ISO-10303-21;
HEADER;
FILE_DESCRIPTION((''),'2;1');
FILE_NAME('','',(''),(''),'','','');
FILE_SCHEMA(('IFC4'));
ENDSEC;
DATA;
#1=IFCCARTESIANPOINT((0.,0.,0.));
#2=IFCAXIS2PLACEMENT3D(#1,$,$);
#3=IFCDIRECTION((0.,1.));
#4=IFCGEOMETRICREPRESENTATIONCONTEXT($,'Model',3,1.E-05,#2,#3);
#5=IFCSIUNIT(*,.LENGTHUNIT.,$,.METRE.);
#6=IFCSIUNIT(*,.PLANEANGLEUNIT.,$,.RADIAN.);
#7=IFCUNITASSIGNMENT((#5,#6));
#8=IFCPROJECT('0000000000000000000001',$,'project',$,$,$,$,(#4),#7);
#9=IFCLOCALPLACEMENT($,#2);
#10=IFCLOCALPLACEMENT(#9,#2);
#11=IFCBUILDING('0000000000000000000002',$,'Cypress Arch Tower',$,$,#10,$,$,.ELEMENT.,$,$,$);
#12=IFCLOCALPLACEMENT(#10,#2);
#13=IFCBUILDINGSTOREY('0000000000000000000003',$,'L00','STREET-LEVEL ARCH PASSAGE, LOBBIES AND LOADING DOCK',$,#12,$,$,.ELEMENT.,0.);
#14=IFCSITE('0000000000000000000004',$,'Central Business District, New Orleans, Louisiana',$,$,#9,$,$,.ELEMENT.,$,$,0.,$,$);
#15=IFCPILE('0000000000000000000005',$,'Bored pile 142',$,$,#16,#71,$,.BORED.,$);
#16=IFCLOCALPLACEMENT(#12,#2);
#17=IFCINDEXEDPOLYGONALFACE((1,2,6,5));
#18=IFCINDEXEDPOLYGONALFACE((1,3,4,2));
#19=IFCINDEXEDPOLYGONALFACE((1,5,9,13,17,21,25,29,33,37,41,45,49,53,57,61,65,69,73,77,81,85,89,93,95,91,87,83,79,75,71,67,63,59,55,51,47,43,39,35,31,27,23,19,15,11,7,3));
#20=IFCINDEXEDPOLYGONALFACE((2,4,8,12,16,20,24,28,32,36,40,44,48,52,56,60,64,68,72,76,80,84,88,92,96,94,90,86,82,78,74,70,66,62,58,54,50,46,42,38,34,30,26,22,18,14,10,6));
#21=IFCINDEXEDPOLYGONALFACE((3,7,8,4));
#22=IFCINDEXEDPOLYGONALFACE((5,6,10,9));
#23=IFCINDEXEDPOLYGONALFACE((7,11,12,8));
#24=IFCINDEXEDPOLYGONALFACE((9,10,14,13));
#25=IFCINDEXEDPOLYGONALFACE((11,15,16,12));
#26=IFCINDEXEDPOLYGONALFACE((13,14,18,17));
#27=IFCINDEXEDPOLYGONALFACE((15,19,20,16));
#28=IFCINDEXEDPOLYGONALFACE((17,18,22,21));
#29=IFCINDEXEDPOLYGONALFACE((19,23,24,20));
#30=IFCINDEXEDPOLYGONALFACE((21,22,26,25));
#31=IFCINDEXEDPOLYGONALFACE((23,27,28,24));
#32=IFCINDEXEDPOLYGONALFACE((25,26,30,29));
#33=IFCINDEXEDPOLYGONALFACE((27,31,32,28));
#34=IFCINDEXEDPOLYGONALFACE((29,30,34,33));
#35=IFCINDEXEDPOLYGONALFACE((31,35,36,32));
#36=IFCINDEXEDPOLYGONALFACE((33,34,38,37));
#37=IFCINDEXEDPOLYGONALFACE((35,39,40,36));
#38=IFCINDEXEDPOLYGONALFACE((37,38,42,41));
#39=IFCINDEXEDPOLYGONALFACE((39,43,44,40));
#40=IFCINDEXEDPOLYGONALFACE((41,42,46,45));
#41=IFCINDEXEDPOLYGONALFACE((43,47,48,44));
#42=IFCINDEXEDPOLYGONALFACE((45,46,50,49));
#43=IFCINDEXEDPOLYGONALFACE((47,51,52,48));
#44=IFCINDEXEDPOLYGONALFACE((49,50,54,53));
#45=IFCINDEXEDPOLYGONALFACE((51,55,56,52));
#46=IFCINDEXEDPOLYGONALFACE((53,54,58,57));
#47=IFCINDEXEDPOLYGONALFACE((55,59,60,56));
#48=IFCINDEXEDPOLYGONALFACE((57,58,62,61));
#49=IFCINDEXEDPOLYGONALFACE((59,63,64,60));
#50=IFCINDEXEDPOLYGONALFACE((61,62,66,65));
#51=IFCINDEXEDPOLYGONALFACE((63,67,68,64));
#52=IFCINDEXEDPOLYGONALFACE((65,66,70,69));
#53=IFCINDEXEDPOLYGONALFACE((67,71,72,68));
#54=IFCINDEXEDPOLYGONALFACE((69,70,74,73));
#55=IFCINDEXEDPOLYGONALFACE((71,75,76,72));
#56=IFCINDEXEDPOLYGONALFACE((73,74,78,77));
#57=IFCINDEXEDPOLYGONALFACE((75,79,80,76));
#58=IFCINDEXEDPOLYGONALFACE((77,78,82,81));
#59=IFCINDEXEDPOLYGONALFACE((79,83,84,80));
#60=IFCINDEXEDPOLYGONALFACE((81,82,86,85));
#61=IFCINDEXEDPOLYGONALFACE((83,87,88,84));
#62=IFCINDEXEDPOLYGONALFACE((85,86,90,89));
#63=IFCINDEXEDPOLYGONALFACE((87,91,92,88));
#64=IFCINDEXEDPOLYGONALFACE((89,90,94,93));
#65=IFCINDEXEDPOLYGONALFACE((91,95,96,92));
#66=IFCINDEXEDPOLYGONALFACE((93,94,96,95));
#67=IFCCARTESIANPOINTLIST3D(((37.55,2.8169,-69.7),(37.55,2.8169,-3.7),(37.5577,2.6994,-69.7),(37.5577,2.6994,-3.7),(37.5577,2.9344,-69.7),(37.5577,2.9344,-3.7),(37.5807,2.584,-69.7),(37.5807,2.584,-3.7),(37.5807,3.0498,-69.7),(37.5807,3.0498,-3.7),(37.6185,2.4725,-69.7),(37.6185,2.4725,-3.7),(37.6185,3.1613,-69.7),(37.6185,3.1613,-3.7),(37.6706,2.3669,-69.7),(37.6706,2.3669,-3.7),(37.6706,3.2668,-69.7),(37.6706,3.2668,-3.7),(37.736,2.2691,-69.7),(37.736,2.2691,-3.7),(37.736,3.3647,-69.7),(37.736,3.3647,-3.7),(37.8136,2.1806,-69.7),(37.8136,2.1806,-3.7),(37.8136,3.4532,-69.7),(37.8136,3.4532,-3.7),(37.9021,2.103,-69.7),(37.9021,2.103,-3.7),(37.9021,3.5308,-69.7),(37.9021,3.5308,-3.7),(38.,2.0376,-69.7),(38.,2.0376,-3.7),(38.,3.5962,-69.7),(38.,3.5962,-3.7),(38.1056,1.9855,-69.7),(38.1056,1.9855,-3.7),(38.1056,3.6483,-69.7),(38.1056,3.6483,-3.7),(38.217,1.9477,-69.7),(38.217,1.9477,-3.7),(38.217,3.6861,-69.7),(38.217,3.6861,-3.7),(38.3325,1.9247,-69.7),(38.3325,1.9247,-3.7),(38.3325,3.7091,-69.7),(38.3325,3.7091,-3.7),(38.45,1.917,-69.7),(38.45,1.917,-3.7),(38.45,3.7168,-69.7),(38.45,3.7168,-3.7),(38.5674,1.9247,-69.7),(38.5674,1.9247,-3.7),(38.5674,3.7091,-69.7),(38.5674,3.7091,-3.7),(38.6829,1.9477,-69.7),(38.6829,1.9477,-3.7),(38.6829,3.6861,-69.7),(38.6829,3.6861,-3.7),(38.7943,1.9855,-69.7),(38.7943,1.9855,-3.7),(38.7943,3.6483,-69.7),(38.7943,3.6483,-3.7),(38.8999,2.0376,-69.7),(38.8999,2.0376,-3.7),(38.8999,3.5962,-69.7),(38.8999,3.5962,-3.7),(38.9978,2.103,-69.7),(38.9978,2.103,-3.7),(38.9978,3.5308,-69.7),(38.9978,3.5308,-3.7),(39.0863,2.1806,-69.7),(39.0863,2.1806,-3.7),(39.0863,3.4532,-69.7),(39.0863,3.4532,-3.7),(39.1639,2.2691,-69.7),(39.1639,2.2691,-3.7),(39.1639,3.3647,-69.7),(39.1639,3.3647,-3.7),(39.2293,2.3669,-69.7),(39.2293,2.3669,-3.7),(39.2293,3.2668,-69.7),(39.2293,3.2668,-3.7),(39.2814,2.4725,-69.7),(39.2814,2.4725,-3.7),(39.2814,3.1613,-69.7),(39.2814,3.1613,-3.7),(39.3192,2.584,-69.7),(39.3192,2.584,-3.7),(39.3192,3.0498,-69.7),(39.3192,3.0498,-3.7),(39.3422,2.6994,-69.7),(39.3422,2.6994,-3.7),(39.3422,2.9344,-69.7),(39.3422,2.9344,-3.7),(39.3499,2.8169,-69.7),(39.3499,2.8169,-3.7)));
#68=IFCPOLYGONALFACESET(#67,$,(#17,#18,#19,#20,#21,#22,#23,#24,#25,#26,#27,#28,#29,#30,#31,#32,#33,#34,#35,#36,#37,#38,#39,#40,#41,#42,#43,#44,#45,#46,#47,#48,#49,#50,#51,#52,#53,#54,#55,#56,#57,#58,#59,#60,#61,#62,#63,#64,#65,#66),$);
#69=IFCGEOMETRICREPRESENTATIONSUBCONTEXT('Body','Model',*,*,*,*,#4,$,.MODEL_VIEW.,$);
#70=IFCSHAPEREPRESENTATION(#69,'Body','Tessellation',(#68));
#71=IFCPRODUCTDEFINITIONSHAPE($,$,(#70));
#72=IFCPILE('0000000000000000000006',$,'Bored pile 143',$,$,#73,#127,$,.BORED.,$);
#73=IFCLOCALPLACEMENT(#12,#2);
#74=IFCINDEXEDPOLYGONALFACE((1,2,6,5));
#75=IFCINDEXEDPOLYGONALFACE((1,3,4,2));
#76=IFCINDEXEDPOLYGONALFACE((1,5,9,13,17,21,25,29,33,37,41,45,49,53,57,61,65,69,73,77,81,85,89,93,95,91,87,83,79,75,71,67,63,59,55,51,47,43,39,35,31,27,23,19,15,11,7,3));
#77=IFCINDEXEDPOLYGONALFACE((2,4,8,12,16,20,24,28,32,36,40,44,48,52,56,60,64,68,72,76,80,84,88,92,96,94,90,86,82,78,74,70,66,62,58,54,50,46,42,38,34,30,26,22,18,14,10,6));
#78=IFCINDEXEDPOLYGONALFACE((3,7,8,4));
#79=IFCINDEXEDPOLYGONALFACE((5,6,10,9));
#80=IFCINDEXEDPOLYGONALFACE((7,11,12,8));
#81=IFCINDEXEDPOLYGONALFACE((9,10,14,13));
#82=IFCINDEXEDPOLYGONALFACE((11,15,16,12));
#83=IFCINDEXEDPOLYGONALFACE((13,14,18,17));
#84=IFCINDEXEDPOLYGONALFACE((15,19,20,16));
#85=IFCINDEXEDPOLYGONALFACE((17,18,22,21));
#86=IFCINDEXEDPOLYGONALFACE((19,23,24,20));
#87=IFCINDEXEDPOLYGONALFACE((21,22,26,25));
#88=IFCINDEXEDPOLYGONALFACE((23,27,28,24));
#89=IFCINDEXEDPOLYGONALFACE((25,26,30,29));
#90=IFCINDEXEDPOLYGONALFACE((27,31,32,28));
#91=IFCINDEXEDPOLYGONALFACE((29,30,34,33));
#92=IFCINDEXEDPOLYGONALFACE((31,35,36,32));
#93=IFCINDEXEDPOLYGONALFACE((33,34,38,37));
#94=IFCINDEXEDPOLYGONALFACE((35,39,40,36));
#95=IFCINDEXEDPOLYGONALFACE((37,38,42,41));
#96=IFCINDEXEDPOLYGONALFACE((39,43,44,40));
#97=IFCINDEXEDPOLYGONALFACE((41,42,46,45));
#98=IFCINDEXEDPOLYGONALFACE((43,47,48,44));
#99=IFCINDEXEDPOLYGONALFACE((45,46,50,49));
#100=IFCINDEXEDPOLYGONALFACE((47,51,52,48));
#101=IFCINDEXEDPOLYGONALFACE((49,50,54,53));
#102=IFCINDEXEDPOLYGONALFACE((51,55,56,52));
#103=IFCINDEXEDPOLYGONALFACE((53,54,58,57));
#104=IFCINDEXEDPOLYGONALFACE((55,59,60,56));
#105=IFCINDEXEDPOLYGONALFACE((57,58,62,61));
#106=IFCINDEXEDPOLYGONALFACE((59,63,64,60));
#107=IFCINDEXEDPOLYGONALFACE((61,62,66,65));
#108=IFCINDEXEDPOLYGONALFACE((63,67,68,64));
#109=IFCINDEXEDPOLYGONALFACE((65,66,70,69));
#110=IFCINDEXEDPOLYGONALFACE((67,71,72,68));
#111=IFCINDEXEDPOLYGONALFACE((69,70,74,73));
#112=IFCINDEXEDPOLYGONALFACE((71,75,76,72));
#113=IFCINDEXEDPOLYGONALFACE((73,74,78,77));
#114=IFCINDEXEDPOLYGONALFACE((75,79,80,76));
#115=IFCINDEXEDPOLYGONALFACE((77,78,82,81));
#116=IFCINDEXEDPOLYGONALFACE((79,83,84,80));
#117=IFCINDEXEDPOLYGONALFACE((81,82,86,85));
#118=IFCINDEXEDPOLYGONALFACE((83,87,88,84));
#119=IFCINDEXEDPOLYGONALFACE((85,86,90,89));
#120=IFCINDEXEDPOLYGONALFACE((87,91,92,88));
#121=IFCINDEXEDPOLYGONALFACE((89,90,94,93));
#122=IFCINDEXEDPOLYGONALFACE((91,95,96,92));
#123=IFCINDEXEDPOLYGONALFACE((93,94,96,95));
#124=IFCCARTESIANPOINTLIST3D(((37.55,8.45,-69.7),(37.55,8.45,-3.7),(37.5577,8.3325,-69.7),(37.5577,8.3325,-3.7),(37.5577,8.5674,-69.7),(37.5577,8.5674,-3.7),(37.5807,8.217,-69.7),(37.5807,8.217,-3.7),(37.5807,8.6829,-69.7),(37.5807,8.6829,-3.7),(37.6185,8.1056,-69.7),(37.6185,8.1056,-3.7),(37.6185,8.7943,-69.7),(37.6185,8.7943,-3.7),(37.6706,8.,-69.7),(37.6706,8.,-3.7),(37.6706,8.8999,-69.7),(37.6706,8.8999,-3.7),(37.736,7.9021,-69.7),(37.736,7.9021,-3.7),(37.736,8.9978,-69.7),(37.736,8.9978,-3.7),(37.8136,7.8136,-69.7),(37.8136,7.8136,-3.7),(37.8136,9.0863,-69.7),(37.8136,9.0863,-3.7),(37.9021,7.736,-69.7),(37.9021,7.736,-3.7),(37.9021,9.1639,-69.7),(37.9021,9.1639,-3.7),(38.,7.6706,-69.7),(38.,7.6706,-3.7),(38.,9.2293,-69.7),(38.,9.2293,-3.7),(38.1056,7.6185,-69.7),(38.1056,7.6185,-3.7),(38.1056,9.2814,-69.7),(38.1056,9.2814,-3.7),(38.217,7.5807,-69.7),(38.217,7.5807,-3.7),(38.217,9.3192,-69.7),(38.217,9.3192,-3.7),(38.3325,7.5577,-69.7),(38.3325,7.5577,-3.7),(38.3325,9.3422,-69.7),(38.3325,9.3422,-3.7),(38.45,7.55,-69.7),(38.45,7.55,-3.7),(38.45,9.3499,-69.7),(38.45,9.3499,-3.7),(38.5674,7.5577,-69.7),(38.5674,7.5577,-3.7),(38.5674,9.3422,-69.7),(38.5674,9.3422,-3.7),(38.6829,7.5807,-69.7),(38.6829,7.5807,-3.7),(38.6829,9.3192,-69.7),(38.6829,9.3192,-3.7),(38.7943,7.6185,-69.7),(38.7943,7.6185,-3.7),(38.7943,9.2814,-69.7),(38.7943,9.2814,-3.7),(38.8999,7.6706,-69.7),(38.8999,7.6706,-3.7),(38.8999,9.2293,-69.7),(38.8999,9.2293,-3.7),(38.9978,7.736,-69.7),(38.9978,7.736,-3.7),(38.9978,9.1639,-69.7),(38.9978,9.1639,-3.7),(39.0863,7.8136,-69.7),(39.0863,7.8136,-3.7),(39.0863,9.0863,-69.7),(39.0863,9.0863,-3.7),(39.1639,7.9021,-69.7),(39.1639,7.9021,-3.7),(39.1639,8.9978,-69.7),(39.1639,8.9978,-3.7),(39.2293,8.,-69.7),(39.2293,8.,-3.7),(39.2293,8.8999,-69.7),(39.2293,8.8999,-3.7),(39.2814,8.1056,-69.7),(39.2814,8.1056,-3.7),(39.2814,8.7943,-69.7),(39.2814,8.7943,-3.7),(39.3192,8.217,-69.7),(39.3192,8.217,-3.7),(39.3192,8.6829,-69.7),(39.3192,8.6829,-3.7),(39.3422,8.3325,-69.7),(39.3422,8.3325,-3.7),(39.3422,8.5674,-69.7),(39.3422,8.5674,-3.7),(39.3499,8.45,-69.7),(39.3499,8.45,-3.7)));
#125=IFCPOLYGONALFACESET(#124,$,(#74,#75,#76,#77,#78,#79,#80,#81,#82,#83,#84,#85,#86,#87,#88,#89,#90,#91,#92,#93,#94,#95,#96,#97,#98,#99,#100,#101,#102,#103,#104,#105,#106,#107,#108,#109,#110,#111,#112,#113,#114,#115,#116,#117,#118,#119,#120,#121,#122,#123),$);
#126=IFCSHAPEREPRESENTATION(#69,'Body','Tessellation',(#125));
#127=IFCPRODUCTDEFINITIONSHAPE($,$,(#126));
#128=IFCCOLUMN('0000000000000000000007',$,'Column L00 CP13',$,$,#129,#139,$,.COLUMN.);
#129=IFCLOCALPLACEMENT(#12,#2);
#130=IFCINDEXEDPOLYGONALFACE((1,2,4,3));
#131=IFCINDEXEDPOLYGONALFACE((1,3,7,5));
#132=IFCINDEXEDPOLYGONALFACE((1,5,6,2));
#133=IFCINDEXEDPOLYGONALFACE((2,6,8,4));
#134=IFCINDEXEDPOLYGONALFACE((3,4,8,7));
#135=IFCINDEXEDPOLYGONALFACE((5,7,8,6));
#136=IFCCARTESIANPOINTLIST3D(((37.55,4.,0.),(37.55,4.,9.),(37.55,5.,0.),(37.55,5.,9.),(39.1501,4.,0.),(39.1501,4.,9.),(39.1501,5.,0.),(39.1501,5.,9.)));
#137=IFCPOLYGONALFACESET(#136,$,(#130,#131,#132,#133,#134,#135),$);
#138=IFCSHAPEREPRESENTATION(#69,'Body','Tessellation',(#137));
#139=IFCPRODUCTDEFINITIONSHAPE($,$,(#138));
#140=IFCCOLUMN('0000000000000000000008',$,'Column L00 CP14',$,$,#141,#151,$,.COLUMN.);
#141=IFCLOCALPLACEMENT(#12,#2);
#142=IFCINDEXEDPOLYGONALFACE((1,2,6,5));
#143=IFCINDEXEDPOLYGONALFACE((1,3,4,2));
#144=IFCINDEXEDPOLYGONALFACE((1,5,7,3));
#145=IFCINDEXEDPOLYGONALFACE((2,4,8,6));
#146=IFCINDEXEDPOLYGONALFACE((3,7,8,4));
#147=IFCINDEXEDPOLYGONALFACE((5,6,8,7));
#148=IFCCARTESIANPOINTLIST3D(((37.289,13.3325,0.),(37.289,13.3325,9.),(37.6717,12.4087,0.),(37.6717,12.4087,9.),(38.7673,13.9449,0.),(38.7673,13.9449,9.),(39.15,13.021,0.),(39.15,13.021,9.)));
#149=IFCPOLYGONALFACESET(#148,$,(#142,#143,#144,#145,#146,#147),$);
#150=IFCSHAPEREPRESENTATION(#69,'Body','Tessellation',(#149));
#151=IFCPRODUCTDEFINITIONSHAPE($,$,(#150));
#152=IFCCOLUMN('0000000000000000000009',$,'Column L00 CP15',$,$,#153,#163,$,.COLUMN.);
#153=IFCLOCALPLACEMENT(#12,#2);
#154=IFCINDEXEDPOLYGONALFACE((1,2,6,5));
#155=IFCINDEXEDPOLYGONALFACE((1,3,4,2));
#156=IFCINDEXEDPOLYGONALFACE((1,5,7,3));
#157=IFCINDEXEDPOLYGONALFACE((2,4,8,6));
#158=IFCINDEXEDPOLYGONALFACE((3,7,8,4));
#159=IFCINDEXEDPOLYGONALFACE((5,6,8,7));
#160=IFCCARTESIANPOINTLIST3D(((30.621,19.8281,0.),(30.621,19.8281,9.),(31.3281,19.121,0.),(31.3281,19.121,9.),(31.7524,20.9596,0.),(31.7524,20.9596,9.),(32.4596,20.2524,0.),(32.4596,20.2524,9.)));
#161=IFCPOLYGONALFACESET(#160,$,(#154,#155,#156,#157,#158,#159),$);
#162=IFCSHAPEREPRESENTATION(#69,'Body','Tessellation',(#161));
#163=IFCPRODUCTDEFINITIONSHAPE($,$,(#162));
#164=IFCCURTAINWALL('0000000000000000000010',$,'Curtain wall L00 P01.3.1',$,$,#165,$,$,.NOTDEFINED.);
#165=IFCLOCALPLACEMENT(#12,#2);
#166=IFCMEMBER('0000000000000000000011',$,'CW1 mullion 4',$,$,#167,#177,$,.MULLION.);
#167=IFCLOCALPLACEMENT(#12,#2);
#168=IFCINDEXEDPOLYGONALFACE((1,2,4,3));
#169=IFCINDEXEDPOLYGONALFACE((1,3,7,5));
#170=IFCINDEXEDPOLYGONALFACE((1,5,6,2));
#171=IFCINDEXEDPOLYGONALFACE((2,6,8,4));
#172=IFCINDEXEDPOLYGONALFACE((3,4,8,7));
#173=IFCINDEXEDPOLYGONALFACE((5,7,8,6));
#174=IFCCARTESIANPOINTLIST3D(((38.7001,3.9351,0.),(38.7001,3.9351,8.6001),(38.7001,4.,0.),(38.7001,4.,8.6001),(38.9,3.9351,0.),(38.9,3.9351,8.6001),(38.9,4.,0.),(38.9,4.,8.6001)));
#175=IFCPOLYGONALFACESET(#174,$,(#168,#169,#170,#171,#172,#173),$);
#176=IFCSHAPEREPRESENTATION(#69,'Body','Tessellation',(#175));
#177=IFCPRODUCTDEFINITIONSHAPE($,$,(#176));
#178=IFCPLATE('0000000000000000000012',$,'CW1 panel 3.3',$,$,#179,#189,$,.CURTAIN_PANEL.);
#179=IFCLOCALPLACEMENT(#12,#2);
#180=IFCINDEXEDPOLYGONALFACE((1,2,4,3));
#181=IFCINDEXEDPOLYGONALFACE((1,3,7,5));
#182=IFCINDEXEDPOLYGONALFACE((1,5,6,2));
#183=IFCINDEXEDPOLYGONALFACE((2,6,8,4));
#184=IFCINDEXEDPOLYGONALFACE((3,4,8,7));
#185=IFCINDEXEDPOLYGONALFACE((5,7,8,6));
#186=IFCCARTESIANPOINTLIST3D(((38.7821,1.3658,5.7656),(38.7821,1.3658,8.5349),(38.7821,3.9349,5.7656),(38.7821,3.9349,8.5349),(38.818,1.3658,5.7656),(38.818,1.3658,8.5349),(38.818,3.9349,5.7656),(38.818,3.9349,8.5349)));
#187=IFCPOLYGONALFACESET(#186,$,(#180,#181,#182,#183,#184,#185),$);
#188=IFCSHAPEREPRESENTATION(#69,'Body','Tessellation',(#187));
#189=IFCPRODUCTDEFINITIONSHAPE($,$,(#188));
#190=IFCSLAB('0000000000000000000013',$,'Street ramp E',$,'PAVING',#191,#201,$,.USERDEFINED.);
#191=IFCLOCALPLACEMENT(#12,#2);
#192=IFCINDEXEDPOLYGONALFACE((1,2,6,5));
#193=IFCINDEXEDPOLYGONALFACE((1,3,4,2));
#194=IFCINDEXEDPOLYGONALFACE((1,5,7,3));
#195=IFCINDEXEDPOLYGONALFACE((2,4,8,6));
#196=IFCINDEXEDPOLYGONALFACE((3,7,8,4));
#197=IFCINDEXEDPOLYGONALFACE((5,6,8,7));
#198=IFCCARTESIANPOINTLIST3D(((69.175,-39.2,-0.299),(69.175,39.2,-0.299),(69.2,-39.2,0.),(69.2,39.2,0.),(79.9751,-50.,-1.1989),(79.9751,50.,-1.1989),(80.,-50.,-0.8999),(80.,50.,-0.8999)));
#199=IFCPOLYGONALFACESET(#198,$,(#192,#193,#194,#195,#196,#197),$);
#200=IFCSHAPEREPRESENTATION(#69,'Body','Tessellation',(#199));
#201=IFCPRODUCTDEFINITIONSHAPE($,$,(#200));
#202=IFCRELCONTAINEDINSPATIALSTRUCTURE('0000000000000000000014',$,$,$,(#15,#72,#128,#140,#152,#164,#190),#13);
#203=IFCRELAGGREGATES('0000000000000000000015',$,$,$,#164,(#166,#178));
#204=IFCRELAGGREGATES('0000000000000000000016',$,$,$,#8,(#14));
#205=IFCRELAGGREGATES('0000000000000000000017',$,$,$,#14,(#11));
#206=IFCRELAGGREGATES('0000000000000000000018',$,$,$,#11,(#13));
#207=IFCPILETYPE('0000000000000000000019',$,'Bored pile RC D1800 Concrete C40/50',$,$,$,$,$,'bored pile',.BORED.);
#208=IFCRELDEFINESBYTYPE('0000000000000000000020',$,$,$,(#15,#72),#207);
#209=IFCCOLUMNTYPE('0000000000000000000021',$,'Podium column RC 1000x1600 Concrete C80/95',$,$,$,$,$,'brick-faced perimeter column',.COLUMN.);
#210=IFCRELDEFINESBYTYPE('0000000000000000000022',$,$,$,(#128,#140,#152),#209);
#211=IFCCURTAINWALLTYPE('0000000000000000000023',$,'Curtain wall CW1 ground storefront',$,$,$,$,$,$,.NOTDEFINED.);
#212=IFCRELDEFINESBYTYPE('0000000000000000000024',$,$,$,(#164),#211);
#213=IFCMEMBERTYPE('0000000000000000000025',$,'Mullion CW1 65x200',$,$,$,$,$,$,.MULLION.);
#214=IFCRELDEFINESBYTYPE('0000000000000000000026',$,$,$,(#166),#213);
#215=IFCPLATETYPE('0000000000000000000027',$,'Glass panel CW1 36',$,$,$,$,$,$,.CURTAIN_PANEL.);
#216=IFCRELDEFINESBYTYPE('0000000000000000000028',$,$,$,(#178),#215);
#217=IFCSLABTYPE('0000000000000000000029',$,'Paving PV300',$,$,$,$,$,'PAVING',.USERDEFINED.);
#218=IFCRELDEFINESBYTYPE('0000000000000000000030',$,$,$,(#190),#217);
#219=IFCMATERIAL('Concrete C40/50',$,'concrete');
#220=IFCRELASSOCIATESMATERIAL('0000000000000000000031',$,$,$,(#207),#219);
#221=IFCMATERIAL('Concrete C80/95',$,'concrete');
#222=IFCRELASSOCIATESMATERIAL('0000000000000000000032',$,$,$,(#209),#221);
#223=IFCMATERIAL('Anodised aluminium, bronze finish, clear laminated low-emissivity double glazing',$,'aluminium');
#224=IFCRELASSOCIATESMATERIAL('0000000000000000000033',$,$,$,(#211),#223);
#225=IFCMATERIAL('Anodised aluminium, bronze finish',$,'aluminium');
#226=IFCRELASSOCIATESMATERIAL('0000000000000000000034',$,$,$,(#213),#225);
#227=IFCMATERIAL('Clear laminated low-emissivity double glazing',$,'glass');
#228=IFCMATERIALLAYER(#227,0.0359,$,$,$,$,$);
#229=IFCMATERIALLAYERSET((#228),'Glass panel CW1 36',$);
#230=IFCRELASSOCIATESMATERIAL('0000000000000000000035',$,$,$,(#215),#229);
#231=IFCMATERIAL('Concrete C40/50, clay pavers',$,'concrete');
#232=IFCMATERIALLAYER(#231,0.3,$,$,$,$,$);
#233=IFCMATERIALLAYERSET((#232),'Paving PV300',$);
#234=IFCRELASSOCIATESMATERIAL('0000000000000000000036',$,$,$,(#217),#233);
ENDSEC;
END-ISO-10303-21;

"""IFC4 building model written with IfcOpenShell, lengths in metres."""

from ifc_helpers import new_model, si_unit, direction, frame, origin, origin_2d, place, context, subcontext, project, spatial, polyline, rectangle, circle, outline, extrude, material, layer, layer_set, material_profile, profile_set, type_object, element, aggregate, save


model = new_model("IFC4")

# Units and contexts
model_context = context("Model", 3, precision=1e-05, world=origin(), true_north=direction((0.0, 1.0)))
body_context = subcontext(model_context, "Body", "Model", "MODEL_VIEW")
ifc_project = project(units=[si_unit("LENGTHUNIT", "METRE"), si_unit("PLANEANGLEUNIT", "RADIAN")], contexts=[model_context])

# Site, building, storey
site_placement = place(None, origin())
site = spatial("IfcSite", under=ifc_project, at=site_placement, Name="Central Business District, New Orleans, Louisiana", CompositionType="ELEMENT", RefElevation=0.0)
building_placement = place(site_placement, origin())
building = spatial("IfcBuilding", under=site, at=building_placement, Name="Cypress Arch Tower", CompositionType="ELEMENT")
storey_placement = place(building_placement, origin())
storey = spatial("IfcBuildingStorey", under=building, at=storey_placement, Name="L00", Description="STREET-LEVEL ARCH PASSAGE, LOBBIES AND LOADING DOCK", CompositionType="ELEMENT", Elevation=0.0)

# Piles
ifc_material_1 = material(Name="Concrete C40/50", Category="concrete")
ifc_material_profile_1 = material_profile(ifc_material_1, circle(Radius=0.8999, at=origin_2d()), Name="RC D1800")
ifc_profile_set_1 = profile_set([ifc_material_profile_1], Name="Concrete C40/50")
pile_type = type_object("IfcPileType", Name="Bored pile RC D1800 Concrete C40/50", ElementType="bored pile", PredefinedType="BORED", material=ifc_profile_set_1)
for number, where, z_axis, x_axis, name in (
    (1, (38.45, 2.8169, -3.7), (0.0, 0.0, -1.0), (1.0, 0.0, 0.0), "Bored pile 142"),
    (2, (38.45, 8.45, -3.7), (0.0, 0.0, -1.0), (1.0, 0.0, 0.0), "Bored pile 143"),
):
    element("IfcPile", number, at=place(storey_placement, frame(where, z_axis=z_axis, x_axis=x_axis)), inside=storey, type_object=pile_type, Name=name, PredefinedType="BORED", context=body_context, shape_type="SweptSolid", body=[
        extrude(circle(Radius=0.8999, at=origin_2d()), origin(), (0.0, 0.0, 1.0), 66.0),
    ])

# Columns
ifc_material_2 = material(Name="Concrete C80/95", Category="concrete")
ifc_material_profile_2 = material_profile(ifc_material_2, rectangle(XDim=1.0, YDim=1.6001, at=origin_2d()), Name="RC 1000x1600")
ifc_profile_set_2 = profile_set([ifc_material_profile_2], Name="Concrete C80/95")
column_type = type_object("IfcColumnType", Name="Podium column RC 1000x1600 Concrete C80/95", ElementType="brick-faced perimeter column", PredefinedType="COLUMN", material=ifc_profile_set_2)
for number, where, z_axis, x_axis, name in (
    (3, (38.3501, 4.5, 0.0), (0.0, 0.0, 1.0), (0.0, 1.0, 0.0), "Column L00 CP13"),
    (4, (38.2195, 13.1768, 0.0), (0.0, 0.0, 1.0), (-0.382683, 0.92388, 0.0), "Column L00 CP14"),
    (5, (31.5403, 20.0403, 0.0), (0.0, 0.0, 1.0), (-0.707107, 0.707107, 0.0), "Column L00 CP15"),
):
    element("IfcColumn", number, at=place(storey_placement, frame(where, z_axis=z_axis, x_axis=x_axis)), inside=storey, type_object=column_type, Name=name, PredefinedType="COLUMN", context=body_context, shape_type="SweptSolid", body=[
        extrude(rectangle(XDim=1.0, YDim=1.6001, at=origin_2d()), origin(), (0.0, 0.0, 1.0), 9.0),
    ])

# Curtain wall, member, plate
ifc_material_3 = material(Name="Anodised aluminium, bronze finish, clear laminated low-emissivity double glazing", Category="aluminium")
curtain_wall_type = type_object("IfcCurtainWallType", Name="Curtain wall CW1 ground storefront", PredefinedType="NOTDEFINED", material=ifc_material_3)
curtain_wall_placement = place(storey_placement, origin())
curtain_wall = element("IfcCurtainWall", 6, at=curtain_wall_placement, inside=storey, type_object=curtain_wall_type, Name="Curtain wall L00 P01.3.1", PredefinedType="NOTDEFINED")
ifc_material_4 = material(Name="Anodised aluminium, bronze finish", Category="aluminium")
ifc_material_profile_3 = material_profile(ifc_material_4, rectangle(XDim=0.2, YDim=0.0649, at=origin_2d()), Name="Mullion 65x200")
ifc_profile_set_3 = profile_set([ifc_material_profile_3], Name="Anodised aluminium, bronze finish")
member_type = type_object("IfcMemberType", Name="Mullion CW1 65x200", PredefinedType="MULLION", material=ifc_profile_set_3)
member_placement = place(storey_placement, frame((38.8, 3.9675, 0.0), z_axis=(0.0, 0.0, 1.0), x_axis=(-1.0, 0.0, 0.0)))
member = element("IfcMember", 7, at=member_placement, type_object=member_type, Name="CW1 mullion 4", PredefinedType="MULLION", context=body_context, shape_type="SweptSolid", body=[
    extrude(rectangle(XDim=0.2, YDim=0.0649, at=origin_2d()), origin(), (0.0, 0.0, 1.0), 8.6001),
])
ifc_material_5 = material(Name="Clear laminated low-emissivity double glazing", Category="glass")
ifc_layer_1 = layer(ifc_material_5, 0.0359)
ifc_layer_set_1 = layer_set([ifc_layer_1], Name="Glass panel CW1 36")
plate_type = type_object("IfcPlateType", Name="Glass panel CW1 36", PredefinedType="CURTAIN_PANEL", material=ifc_layer_set_1)
plate_placement = place(storey_placement, frame((38.8, 2.6504, 5.7656), z_axis=(0.0, 0.0, 1.0), x_axis=(0.0, 1.0, 0.0)))
plate = element("IfcPlate", 8, at=plate_placement, type_object=plate_type, Name="CW1 panel 3.3", PredefinedType="CURTAIN_PANEL", context=body_context, shape_type="SweptSolid", body=[
    extrude(rectangle(XDim=2.5691, YDim=0.0359, at=origin_2d()), origin(), (0.0, 0.0, 1.0), 2.7693),
])
aggregate(curtain_wall, [member, plate])

# Slab
ifc_material_6 = material(Name="Concrete C40/50, clay pavers", Category="concrete")
ifc_layer_2 = layer(ifc_material_6, 0.3)
ifc_layer_set_2 = layer_set([ifc_layer_2], Name="Paving PV300")
slab_type = type_object("IfcSlabType", Name="Paving PV300", ElementType="PAVING", PredefinedType="USERDEFINED", material=ifc_layer_set_2)
slab_placement = place(storey_placement, frame((69.2, 39.2, 0.0), z_axis=(0.083036, 0.0, 0.996547), x_axis=(0.0, -1.0, 0.0)))
element("IfcSlab", 9, at=slab_placement, inside=storey, type_object=slab_type, Name="Street ramp E", ObjectType="PAVING", PredefinedType="USERDEFINED", context=body_context, shape_type="SweptSolid", body=[
    extrude(outline(polyline([(0.0, 0.0), (78.3999, 0.0), (89.2, 10.8375), (-10.8, 10.8375), (0.0, 0.0)])), origin(), (0.0, 0.0, -1.0), 0.3),
])

save(model, "model.ifc")
